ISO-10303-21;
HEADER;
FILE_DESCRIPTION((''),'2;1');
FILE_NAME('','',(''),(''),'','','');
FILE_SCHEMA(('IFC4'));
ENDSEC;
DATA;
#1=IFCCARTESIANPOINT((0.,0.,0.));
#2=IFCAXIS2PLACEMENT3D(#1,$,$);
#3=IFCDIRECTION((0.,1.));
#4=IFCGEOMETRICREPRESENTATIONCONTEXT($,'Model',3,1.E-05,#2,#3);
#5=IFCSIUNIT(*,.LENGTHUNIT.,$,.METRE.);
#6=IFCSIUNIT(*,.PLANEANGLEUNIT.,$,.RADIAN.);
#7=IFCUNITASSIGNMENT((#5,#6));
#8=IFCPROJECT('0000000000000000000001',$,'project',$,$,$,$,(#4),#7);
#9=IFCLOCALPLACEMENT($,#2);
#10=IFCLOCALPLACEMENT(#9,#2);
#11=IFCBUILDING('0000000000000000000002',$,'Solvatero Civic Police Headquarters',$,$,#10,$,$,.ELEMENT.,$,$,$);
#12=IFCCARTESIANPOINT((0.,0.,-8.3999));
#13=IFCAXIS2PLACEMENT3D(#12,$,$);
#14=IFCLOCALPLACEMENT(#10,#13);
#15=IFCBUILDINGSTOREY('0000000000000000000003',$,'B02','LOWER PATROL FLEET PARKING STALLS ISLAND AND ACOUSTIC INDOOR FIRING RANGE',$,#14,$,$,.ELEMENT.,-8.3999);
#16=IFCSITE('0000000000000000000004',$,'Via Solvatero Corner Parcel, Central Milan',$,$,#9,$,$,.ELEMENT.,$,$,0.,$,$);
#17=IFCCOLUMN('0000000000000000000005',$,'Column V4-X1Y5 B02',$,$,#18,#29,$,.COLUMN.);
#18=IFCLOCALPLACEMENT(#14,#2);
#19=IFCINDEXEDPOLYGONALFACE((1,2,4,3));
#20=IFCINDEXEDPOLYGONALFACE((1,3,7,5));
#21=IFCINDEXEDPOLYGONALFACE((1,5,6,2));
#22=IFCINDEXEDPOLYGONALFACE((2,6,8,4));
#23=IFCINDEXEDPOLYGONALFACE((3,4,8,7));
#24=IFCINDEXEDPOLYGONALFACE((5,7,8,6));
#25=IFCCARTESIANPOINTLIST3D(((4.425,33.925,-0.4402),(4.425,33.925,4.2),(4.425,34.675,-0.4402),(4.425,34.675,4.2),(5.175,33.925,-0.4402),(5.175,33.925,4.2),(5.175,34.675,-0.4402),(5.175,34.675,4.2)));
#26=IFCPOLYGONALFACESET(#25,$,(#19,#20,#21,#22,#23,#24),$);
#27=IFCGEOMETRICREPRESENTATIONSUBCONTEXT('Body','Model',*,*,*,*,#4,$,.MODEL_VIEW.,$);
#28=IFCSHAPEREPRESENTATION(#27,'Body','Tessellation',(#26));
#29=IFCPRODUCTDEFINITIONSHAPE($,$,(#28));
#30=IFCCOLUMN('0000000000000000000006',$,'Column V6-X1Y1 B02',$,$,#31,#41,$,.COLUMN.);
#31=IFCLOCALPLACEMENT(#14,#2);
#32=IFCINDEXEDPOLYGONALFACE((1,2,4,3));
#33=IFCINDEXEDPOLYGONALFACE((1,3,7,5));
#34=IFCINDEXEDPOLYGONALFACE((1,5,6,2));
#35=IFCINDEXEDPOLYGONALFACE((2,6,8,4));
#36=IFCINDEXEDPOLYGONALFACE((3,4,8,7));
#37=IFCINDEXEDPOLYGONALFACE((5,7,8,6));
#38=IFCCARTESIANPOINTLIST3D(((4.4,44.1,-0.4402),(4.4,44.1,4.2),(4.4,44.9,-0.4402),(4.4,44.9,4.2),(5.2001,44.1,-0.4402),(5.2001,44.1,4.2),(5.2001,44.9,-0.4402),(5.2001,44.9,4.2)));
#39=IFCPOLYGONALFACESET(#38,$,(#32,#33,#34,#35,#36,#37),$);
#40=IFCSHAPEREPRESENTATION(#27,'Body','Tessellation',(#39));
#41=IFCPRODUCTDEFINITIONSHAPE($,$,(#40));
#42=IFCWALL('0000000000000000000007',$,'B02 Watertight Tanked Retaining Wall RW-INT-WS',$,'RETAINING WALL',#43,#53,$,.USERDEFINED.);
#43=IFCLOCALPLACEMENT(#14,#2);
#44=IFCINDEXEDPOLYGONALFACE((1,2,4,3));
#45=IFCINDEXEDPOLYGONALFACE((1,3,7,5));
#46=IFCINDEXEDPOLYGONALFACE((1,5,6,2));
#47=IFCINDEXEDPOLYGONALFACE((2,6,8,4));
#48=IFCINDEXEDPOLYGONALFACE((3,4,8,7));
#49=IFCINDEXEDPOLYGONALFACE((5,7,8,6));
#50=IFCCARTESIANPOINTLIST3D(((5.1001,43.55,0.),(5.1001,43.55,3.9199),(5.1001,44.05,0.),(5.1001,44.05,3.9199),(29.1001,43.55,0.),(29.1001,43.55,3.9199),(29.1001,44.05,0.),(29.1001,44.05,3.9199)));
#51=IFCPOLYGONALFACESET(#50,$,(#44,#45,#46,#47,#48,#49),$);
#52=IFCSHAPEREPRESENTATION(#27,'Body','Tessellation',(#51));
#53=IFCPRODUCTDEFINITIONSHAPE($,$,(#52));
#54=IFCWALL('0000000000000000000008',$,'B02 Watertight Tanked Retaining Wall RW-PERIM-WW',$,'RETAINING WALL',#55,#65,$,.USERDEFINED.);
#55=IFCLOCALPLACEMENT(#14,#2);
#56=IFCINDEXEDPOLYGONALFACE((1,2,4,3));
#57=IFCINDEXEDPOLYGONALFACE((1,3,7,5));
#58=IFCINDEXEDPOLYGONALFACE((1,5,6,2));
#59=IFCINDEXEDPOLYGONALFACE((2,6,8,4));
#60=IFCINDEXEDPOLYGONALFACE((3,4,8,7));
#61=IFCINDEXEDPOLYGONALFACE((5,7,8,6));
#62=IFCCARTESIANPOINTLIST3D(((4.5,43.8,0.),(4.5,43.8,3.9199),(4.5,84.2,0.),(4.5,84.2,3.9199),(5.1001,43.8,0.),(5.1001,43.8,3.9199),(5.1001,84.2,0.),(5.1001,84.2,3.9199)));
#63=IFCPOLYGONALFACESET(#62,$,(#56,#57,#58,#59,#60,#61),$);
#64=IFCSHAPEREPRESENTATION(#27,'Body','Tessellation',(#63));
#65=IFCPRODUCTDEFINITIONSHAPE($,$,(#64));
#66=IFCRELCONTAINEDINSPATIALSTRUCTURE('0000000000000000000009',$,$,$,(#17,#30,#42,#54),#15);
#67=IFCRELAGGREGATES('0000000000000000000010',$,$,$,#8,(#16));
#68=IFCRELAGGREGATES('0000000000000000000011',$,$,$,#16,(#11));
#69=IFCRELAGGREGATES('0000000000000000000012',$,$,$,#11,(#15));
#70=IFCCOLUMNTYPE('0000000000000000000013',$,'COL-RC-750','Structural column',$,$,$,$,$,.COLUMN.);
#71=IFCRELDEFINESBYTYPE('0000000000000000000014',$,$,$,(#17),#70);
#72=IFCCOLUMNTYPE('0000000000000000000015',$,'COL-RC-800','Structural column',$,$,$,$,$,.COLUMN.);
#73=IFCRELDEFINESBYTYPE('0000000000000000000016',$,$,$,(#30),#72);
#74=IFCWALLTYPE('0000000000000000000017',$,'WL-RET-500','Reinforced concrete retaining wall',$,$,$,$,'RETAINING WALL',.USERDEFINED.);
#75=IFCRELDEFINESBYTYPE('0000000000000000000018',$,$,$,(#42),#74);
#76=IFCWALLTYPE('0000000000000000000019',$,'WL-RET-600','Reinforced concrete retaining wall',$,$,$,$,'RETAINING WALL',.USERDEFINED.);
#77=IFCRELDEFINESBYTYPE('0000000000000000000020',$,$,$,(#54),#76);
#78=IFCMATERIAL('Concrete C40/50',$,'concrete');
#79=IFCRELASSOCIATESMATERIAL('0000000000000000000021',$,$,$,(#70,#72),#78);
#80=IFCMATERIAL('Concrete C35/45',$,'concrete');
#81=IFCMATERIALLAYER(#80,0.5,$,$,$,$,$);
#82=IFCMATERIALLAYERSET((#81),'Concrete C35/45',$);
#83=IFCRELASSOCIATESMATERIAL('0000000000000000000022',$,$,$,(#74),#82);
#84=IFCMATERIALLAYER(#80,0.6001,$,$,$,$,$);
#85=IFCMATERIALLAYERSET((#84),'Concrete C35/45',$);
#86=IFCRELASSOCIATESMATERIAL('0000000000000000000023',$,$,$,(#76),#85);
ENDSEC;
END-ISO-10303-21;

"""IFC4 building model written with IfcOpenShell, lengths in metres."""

from ifc_helpers import new_model, si_unit, direction, frame, frame_2d, origin, origin_2d, place, context, subcontext, project, spatial, rectangle, extrude, material, layer, layer_set, material_profile, profile_set, type_object, element, save


model = new_model("IFC4")

# Units and contexts
model_context = context("Model", 3, precision=1e-05, world=origin(), true_north=direction((0.0, 1.0)))
body_context = subcontext(model_context, "Body", "Model", "MODEL_VIEW")
ifc_project = project(units=[si_unit("LENGTHUNIT", "METRE"), si_unit("PLANEANGLEUNIT", "RADIAN")], contexts=[model_context])

# Site, building, storey
site_placement = place(None, origin())
site = spatial("IfcSite", under=ifc_project, at=site_placement, Name="Via Solvatero Corner Parcel, Central Milan", CompositionType="ELEMENT", RefElevation=0.0)
building_placement = place(site_placement, origin())
building = spatial("IfcBuilding", under=site, at=building_placement, Name="Solvatero Civic Police Headquarters", CompositionType="ELEMENT")
storey_placement = place(building_placement, frame((0.0, 0.0, -8.3999)))
storey = spatial("IfcBuildingStorey", under=building, at=storey_placement, Name="B02", Description="LOWER PATROL FLEET PARKING STALLS ISLAND AND ACOUSTIC INDOOR FIRING RANGE", CompositionType="ELEMENT", Elevation=-8.3999)

# Shared definitions
ifc_material_1 = material(Name="Concrete C35/45", Category="concrete")

# Columns
ifc_material_2 = material(Name="Concrete C40/50", Category="concrete")
ifc_material_profile_1 = material_profile(ifc_material_2, rectangle(XDim=0.75, YDim=0.75, at=origin_2d()), Name="RC 750x750")
ifc_profile_set_1 = profile_set([ifc_material_profile_1], Name="Concrete C40/50")
column_type_1 = type_object("IfcColumnType", Name="COL-RC-750", Description="Structural column", PredefinedType="COLUMN", material=ifc_profile_set_1)
column_1_placement = place(storey_placement, frame((4.8, 34.3, -0.4402), z_axis=(0.0, 0.0, 1.0), x_axis=(1.0, 0.0, 0.0)))
element("IfcColumn", 1, at=column_1_placement, inside=storey, type_object=column_type_1, Name="Column V4-X1Y5 B02", PredefinedType="COLUMN", context=body_context, shape_type="SweptSolid", body=[
    extrude(rectangle(XDim=0.75, YDim=0.75, at=origin_2d()), origin(), (0.0, 0.0, 1.0), 4.6401),
])
ifc_material_profile_2 = material_profile(ifc_material_2, rectangle(XDim=0.8, YDim=0.8, at=origin_2d()), Name="RC 800x800")
ifc_profile_set_2 = profile_set([ifc_material_profile_2], Name="Concrete C40/50")
column_type_2 = type_object("IfcColumnType", Name="COL-RC-800", Description="Structural column", PredefinedType="COLUMN", material=ifc_profile_set_2)
column_2_placement = place(storey_placement, frame((4.8, 44.5, -0.4402), z_axis=(0.0, 0.0, 1.0), x_axis=(1.0, 0.0, 0.0)))
element("IfcColumn", 2, at=column_2_placement, inside=storey, type_object=column_type_2, Name="Column V6-X1Y1 B02", PredefinedType="COLUMN", context=body_context, shape_type="SweptSolid", body=[
    extrude(rectangle(XDim=0.8, YDim=0.8, at=origin_2d()), origin(), (0.0, 0.0, 1.0), 4.6401),
])

# Walls
ifc_layer_1 = layer(ifc_material_1, 0.5)
ifc_layer_set_1 = layer_set([ifc_layer_1], Name="Concrete C35/45")
wall_type_1 = type_object("IfcWallType", Name="WL-RET-500", Description="Reinforced concrete retaining wall", ElementType="RETAINING WALL", PredefinedType="USERDEFINED", material=ifc_layer_set_1)
wall_1_placement = place(storey_placement, frame((5.1001, 43.8, 0.0), z_axis=(0.0, 0.0, 1.0), x_axis=(1.0, 0.0, 0.0)))
element("IfcWall", 3, at=wall_1_placement, inside=storey, type_object=wall_type_1, Name="B02 Watertight Tanked Retaining Wall RW-INT-WS", ObjectType="RETAINING WALL", PredefinedType="USERDEFINED", context=body_context, shape_type="SweptSolid", body=[
    extrude(rectangle(XDim=24.0, YDim=0.5, at=frame_2d((12.0, 0.0))), origin(), (0.0, 0.0, 1.0), 3.9199),
])
ifc_layer_2 = layer(ifc_material_1, 0.6001)
ifc_layer_set_2 = layer_set([ifc_layer_2], Name="Concrete C35/45")
wall_type_2 = type_object("IfcWallType", Name="WL-RET-600", Description="Reinforced concrete retaining wall", ElementType="RETAINING WALL", PredefinedType="USERDEFINED", material=ifc_layer_set_2)
wall_2_placement = place(storey_placement, frame((4.8, 43.8, 0.0), z_axis=(0.0, 0.0, 1.0), x_axis=(0.0, 1.0, 0.0)))
element("IfcWall", 4, at=wall_2_placement, inside=storey, type_object=wall_type_2, Name="B02 Watertight Tanked Retaining Wall RW-PERIM-WW", ObjectType="RETAINING WALL", PredefinedType="USERDEFINED", context=body_context, shape_type="SweptSolid", body=[
    extrude(rectangle(XDim=40.3999, YDim=0.6001, at=frame_2d((20.2, 0.0))), origin(), (0.0, 0.0, 1.0), 3.9199),
])

save(model, "model.ifc")
